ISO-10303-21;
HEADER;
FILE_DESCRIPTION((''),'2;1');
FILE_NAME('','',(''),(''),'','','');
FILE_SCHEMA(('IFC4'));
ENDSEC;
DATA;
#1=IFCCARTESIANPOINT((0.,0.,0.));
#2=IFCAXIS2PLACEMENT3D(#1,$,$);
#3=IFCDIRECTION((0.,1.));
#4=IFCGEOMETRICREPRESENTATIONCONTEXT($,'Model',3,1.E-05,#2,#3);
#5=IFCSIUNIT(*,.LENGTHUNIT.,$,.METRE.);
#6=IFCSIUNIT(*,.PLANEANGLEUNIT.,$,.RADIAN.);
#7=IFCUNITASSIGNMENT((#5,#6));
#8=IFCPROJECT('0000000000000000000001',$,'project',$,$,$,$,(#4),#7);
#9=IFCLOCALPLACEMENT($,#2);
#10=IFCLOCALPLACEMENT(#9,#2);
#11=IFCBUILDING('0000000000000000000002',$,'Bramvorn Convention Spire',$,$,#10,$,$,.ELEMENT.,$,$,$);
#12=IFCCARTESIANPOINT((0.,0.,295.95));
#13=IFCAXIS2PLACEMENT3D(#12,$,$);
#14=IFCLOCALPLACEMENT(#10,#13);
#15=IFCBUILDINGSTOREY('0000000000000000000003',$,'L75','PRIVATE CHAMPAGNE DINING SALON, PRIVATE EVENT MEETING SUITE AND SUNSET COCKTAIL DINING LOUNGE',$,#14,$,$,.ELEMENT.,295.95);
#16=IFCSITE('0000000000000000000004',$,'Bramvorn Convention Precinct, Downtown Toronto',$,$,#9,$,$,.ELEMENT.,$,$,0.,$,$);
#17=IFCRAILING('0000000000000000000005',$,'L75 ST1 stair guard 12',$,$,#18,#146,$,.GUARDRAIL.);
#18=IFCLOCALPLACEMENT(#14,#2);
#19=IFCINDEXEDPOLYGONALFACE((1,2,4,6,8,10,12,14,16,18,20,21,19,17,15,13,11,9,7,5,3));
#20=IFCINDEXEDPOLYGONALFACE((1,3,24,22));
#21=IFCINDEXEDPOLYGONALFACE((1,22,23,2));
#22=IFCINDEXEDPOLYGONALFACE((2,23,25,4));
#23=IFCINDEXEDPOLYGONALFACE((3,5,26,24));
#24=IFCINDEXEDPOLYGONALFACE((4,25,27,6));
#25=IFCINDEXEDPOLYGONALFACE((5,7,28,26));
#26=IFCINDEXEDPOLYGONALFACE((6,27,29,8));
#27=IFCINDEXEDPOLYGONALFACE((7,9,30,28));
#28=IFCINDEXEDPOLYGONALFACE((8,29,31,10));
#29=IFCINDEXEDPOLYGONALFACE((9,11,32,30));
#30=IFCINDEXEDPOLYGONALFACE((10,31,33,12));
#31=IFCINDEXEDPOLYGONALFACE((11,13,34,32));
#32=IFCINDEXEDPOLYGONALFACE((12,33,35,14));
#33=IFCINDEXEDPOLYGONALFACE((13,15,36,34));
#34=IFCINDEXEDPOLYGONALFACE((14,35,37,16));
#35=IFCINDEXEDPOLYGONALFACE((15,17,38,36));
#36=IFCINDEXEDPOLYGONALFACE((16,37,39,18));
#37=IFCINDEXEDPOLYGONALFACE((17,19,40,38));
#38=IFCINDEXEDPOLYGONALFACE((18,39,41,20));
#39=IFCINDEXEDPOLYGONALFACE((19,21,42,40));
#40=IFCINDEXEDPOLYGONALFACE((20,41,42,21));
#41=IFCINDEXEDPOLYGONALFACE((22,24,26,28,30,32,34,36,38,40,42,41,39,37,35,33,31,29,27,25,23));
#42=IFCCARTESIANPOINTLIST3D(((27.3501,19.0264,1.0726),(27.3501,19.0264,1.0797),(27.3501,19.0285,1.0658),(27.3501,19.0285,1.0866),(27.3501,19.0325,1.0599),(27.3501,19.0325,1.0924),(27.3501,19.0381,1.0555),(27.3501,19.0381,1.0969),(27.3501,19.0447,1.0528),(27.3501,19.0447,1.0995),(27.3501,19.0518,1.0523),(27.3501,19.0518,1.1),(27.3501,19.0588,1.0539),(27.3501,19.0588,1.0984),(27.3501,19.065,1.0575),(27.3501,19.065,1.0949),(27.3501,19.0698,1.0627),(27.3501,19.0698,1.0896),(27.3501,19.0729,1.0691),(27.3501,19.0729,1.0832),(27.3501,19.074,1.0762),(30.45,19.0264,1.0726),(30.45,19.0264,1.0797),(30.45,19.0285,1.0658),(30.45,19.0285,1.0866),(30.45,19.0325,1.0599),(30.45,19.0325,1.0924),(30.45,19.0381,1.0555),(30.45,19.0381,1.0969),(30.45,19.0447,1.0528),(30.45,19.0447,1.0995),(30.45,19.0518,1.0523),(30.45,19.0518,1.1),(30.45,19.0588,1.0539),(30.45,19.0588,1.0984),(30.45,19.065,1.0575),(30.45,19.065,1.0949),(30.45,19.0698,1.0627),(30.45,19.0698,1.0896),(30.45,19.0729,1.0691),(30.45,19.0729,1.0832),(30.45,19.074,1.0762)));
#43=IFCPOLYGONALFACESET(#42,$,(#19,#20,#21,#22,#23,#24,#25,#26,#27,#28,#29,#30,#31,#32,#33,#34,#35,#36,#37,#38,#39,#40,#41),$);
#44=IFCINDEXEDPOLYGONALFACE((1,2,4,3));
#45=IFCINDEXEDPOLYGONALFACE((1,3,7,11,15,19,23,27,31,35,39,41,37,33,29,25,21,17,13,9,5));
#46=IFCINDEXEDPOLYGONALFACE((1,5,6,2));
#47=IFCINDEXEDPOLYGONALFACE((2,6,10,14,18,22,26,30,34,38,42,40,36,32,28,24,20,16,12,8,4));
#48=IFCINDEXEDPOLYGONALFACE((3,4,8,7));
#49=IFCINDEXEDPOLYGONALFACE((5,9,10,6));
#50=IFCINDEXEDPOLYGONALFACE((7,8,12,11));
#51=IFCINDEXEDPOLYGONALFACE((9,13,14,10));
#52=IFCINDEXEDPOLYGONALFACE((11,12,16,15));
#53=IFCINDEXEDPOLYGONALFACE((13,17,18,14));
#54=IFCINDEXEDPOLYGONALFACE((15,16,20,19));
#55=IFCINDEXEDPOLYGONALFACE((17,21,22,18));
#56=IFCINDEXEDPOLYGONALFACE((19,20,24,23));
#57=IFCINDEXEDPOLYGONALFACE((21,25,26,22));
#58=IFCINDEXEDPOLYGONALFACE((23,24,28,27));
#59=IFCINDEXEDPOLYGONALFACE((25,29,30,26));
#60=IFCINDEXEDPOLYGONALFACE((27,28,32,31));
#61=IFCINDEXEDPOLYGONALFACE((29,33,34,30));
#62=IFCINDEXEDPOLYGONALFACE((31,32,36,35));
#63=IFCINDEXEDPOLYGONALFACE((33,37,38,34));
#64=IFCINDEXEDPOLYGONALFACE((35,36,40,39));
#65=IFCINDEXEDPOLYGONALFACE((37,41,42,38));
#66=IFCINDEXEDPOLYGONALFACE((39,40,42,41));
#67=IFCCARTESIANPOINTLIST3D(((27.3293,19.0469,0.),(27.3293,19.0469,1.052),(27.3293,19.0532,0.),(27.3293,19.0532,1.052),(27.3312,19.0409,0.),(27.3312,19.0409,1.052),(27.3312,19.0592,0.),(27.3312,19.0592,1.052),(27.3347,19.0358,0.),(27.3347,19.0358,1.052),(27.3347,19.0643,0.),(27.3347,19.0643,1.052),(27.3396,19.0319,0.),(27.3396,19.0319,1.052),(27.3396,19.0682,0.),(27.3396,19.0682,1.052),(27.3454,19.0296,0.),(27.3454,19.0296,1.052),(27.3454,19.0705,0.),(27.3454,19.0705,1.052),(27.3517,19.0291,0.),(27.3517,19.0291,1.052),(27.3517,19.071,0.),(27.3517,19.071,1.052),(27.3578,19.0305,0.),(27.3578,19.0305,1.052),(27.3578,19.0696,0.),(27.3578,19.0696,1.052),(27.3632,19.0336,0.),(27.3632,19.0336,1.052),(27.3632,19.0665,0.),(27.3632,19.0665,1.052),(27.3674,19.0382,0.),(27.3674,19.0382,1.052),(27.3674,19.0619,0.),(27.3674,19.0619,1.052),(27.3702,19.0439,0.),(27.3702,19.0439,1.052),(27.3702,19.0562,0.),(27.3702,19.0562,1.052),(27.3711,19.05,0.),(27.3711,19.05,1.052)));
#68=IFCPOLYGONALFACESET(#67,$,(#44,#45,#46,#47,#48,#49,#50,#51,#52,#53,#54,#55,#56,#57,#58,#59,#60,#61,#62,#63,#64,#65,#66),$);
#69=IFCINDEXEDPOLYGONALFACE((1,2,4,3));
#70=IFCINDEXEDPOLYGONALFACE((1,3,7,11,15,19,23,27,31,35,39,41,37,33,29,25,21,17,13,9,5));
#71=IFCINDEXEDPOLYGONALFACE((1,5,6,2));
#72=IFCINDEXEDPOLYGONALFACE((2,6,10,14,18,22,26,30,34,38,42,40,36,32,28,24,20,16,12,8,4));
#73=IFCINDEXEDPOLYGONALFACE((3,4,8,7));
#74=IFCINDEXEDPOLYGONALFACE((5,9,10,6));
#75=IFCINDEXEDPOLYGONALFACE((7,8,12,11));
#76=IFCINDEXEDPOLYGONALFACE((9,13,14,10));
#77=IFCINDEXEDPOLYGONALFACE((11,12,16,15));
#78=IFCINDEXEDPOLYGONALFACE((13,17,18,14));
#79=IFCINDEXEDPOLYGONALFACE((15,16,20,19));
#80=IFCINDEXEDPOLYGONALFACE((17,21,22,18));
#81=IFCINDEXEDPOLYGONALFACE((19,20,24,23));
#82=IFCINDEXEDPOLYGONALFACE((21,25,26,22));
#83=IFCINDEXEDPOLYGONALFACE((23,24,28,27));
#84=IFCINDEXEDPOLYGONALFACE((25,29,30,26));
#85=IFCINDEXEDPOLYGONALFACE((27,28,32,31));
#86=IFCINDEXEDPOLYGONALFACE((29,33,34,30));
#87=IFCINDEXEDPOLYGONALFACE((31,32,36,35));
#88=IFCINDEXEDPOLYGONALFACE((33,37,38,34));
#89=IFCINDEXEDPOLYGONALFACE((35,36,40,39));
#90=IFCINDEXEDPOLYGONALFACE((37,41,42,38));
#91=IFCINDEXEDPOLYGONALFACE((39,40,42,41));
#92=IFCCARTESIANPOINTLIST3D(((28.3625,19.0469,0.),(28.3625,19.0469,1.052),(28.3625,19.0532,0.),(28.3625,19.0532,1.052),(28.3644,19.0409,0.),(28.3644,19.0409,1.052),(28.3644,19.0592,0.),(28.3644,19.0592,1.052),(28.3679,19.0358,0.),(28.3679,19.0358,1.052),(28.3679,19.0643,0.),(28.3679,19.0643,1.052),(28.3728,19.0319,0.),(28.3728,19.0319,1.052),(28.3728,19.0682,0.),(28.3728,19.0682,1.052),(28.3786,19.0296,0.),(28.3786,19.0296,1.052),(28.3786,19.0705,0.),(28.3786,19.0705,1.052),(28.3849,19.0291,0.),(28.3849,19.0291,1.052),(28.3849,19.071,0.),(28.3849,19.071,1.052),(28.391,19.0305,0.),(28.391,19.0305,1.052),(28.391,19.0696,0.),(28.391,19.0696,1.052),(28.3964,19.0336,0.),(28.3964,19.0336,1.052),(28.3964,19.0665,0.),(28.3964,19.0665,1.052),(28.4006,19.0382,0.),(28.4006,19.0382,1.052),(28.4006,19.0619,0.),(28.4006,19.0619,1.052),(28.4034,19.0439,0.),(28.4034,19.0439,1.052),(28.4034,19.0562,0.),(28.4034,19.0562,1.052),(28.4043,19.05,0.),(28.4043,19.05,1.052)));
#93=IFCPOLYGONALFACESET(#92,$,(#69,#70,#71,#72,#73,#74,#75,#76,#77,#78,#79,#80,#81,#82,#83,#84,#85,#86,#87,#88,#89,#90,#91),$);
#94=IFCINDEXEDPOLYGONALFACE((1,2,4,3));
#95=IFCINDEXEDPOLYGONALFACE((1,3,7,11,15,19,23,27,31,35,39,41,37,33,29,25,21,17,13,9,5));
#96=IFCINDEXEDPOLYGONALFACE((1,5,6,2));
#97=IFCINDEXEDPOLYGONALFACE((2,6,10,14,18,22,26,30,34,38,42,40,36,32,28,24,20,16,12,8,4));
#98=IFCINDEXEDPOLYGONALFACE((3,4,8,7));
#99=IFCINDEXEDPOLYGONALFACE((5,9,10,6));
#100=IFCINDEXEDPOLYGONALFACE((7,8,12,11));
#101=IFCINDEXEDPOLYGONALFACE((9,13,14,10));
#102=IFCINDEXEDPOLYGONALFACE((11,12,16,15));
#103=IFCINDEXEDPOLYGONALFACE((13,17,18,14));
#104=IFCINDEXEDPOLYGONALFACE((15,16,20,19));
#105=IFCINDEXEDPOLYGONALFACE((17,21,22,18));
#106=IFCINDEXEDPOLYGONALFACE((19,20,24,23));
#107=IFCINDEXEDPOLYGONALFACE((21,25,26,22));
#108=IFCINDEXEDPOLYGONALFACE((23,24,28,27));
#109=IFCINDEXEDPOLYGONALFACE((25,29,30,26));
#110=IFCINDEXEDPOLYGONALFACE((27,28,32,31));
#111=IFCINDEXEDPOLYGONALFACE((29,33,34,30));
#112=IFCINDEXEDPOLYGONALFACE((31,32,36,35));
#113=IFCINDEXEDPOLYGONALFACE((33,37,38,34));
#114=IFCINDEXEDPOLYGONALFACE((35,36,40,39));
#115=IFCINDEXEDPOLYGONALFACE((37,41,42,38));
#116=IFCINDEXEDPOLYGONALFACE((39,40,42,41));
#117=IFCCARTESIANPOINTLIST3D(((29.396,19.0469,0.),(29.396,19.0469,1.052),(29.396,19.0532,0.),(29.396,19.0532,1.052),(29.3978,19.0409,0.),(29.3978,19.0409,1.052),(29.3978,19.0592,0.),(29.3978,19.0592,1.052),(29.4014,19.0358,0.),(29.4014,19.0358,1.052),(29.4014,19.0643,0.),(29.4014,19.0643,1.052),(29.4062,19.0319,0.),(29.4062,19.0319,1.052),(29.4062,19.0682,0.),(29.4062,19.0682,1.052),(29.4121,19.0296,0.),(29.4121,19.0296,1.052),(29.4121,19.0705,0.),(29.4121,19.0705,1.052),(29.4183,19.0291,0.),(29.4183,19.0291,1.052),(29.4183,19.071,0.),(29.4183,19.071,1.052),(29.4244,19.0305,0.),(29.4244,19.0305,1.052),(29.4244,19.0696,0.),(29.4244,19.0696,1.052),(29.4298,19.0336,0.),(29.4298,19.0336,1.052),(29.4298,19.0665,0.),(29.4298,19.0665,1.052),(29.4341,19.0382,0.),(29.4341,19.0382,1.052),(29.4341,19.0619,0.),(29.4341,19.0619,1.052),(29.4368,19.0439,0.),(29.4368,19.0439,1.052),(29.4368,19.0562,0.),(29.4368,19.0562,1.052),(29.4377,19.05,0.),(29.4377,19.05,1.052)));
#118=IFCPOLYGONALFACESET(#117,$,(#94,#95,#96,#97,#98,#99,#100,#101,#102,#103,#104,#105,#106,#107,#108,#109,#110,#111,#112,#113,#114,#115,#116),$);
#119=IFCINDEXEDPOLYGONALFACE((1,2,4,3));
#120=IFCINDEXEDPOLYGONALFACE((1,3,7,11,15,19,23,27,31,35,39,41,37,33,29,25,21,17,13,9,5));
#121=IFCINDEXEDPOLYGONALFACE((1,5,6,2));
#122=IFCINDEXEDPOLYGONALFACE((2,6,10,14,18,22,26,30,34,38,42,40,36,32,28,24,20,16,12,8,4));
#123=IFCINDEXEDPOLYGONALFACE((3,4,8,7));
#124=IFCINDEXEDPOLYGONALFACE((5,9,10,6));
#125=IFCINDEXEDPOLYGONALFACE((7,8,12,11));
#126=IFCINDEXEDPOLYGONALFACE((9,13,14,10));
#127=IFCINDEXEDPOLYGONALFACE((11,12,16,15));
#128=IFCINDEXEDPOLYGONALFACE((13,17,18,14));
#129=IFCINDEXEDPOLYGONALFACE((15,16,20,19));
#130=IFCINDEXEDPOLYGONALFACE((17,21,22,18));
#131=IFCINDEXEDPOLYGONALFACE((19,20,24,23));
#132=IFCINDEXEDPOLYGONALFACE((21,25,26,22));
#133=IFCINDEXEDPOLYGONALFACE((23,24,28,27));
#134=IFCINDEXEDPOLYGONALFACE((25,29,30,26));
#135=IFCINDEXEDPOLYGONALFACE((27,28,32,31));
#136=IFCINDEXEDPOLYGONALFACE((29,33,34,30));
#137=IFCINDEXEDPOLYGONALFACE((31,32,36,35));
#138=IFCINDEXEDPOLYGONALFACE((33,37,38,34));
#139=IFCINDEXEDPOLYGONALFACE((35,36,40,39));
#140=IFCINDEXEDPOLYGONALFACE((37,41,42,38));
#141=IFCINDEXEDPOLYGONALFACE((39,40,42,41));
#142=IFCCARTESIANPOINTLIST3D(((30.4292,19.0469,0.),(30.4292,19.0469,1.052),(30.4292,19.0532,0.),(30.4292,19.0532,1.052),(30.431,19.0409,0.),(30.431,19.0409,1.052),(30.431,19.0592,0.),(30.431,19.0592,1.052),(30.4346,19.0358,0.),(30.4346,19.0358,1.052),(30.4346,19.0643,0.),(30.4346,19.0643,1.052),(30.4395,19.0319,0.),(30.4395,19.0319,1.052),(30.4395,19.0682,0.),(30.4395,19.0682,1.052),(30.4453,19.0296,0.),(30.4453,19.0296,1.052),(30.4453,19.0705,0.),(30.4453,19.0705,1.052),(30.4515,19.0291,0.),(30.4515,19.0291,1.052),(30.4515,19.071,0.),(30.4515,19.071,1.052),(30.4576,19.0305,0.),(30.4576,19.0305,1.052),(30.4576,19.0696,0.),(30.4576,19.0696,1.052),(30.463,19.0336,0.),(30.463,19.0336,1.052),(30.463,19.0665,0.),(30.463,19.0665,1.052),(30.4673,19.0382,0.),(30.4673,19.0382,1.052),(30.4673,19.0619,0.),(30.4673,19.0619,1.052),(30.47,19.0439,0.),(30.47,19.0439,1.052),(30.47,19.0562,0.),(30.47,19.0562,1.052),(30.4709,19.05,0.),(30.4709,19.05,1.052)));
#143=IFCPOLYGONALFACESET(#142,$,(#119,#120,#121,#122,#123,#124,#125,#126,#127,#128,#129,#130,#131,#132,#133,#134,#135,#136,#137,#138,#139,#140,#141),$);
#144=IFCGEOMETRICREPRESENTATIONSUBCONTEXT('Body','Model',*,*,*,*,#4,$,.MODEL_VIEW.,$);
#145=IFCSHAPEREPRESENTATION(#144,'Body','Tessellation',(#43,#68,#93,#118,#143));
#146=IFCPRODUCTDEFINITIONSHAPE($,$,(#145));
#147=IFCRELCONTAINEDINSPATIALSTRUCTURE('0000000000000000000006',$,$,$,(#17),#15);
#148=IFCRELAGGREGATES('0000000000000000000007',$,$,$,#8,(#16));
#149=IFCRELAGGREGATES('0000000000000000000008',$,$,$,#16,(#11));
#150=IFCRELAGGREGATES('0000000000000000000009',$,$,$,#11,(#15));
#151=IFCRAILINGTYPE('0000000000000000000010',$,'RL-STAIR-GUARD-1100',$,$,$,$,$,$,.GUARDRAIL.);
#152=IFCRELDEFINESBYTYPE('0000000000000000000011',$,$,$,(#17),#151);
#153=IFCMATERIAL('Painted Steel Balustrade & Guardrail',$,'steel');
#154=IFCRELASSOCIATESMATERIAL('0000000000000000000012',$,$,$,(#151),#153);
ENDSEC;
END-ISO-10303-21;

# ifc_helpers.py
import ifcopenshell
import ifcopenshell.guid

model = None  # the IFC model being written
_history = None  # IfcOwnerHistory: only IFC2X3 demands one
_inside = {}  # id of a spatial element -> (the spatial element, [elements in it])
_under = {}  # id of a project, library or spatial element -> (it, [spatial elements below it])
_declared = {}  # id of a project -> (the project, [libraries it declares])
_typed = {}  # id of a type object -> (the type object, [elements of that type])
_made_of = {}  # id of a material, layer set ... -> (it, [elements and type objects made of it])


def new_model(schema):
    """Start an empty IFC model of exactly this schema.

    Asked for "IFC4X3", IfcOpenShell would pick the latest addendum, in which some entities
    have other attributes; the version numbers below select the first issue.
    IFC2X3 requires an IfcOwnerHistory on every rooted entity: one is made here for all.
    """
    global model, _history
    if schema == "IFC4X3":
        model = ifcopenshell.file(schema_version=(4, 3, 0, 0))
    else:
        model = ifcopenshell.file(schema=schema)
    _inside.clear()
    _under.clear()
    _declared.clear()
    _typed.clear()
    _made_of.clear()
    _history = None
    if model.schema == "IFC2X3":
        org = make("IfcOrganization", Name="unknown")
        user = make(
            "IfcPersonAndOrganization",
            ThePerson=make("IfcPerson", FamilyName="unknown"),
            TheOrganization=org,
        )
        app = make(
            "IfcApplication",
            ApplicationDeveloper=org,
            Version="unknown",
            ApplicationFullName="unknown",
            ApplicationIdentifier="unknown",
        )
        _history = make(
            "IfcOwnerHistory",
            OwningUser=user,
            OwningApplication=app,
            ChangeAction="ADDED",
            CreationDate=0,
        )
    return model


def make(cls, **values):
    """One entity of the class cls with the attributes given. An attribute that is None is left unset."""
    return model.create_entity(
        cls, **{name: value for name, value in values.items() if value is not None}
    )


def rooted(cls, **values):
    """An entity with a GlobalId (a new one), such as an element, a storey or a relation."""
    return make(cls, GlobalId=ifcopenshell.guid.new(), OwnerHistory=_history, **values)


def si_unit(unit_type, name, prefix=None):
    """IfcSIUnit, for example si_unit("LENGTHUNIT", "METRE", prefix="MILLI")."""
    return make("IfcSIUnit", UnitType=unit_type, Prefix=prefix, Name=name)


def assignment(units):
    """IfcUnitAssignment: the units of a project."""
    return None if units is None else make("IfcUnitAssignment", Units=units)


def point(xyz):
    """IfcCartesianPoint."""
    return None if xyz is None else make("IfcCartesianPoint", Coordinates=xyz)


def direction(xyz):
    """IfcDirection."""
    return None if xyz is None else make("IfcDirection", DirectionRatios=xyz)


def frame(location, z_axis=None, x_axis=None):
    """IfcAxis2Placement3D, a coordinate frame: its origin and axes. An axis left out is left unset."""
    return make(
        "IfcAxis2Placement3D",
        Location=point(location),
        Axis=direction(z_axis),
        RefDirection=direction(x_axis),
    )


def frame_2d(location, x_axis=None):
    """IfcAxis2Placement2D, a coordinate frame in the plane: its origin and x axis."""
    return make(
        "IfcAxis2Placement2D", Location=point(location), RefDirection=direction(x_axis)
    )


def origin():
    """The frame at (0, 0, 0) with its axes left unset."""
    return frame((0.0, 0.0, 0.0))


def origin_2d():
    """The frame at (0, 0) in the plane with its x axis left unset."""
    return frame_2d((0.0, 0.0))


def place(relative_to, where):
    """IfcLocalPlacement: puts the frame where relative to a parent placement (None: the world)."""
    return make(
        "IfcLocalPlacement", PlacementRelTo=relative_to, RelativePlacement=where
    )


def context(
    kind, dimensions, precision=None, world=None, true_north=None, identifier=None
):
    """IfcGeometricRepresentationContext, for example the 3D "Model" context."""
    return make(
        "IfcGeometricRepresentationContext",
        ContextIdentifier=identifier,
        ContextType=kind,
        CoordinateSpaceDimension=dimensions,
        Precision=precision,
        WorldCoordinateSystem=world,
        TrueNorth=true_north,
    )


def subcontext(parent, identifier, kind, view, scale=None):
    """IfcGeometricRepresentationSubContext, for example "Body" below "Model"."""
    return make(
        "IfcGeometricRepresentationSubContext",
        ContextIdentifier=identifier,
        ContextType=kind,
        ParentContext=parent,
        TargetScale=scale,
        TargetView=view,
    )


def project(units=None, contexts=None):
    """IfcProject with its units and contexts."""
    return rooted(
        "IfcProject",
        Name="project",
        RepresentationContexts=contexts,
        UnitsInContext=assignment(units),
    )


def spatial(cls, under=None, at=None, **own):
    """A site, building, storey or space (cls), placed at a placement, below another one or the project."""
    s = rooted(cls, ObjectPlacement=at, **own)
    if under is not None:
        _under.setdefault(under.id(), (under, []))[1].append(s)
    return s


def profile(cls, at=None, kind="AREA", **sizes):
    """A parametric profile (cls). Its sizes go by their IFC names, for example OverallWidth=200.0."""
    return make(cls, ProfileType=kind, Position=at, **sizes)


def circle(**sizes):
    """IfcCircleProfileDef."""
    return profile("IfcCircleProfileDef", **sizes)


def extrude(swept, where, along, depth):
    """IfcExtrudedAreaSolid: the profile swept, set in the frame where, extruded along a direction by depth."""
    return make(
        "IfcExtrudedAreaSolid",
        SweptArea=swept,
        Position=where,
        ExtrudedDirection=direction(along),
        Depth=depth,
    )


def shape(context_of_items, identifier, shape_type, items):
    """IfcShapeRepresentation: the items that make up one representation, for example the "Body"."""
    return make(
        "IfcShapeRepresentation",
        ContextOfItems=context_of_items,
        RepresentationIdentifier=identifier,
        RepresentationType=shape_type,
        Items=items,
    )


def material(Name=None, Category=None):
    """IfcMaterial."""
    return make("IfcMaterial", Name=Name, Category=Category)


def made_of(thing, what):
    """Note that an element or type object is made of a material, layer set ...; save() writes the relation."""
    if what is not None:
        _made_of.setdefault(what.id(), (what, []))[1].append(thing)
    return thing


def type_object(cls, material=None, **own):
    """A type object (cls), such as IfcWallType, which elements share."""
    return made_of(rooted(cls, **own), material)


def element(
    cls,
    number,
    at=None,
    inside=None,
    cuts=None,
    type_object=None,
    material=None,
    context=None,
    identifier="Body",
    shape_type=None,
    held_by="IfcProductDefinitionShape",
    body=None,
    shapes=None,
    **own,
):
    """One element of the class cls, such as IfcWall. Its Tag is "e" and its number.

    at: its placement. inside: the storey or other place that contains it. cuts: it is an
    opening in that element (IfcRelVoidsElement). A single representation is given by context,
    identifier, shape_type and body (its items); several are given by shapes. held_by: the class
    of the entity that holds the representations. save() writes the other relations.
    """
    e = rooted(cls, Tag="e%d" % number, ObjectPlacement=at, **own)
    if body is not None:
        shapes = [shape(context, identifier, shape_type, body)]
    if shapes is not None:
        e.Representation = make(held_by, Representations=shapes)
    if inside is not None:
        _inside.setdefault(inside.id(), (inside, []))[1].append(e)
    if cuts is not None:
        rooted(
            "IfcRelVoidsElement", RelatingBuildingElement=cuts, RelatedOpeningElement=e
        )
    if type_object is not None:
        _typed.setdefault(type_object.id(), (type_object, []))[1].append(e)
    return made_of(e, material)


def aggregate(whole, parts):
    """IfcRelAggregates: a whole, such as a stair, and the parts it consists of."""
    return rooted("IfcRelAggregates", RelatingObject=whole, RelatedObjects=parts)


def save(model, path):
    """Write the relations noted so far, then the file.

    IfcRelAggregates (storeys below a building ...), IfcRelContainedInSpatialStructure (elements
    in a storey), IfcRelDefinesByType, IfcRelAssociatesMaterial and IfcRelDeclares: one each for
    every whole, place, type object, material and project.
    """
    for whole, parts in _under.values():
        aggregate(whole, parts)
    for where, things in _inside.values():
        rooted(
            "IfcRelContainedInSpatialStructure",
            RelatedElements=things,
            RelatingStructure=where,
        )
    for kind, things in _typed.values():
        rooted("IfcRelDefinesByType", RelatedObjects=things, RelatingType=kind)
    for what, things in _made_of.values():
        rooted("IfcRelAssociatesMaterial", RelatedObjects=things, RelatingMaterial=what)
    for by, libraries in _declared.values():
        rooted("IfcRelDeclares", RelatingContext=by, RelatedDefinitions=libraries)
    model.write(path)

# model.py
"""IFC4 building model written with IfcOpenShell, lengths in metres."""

from ifc_helpers import new_model, si_unit, direction, frame, origin, origin_2d, place, context, subcontext, project, spatial, circle, extrude, material, type_object, element, save


model = new_model("IFC4")

# Units and contexts
model_context = context("Model", 3, precision=1e-05, world=origin(), true_north=direction((0.0, 1.0)))
body_context = subcontext(model_context, "Body", "Model", "MODEL_VIEW")
ifc_project = project(units=[si_unit("LENGTHUNIT", "METRE"), si_unit("PLANEANGLEUNIT", "RADIAN")], contexts=[model_context])

# Site, building, storey
site_placement = place(None, origin())
site = spatial("IfcSite", under=ifc_project, at=site_placement, Name="Bramvorn Convention Precinct, Downtown Toronto", CompositionType="ELEMENT", RefElevation=0.0)
building_placement = place(site_placement, origin())
building = spatial("IfcBuilding", under=site, at=building_placement, Name="Bramvorn Convention Spire", CompositionType="ELEMENT")
storey_placement = place(building_placement, frame((0.0, 0.0, 295.95)))
storey = spatial("IfcBuildingStorey", under=building, at=storey_placement, Name="L75", Description="PRIVATE CHAMPAGNE DINING SALON, PRIVATE EVENT MEETING SUITE AND SUNSET COCKTAIL DINING LOUNGE", CompositionType="ELEMENT", Elevation=295.95)

# Railing
ifc_material_1 = material(Name="Painted Steel Balustrade & Guardrail", Category="steel")
railing_type = type_object("IfcRailingType", Name="RL-STAIR-GUARD-1100", PredefinedType="GUARDRAIL", material=ifc_material_1)
railing_placement = place(storey_placement, frame((27.3501, 19.05, 0.0)))
element("IfcRailing", 1, at=railing_placement, inside=storey, type_object=railing_type, Name="L75 ST1 stair guard 12", PredefinedType="GUARDRAIL", context=body_context, shape_type="SweptSolid", body=[
    extrude(circle(Radius=0.0239, at=origin_2d()), frame((0.0, 0.0, 1.0762), z_axis=(1.0, 0.0, 0.0), x_axis=(0.0, 1.0, 0.0)), (0.0, 0.0, 1.0), 3.0999),
    extrude(circle(Radius=0.021, at=origin_2d()), origin(), (0.0, 0.0, 1.0), 1.052),
    extrude(circle(Radius=0.021, at=origin_2d()), frame((1.0332, 0.0, 0.0)), (0.0, 0.0, 1.0), 1.052),
    extrude(circle(Radius=0.021, at=origin_2d()), frame((2.0667, 0.0, 0.0)), (0.0, 0.0, 1.0), 1.052),
    extrude(circle(Radius=0.021, at=origin_2d()), frame((3.0999, 0.0, 0.0)), (0.0, 0.0, 1.0), 1.052),
])

save(model, "model.ifc")
